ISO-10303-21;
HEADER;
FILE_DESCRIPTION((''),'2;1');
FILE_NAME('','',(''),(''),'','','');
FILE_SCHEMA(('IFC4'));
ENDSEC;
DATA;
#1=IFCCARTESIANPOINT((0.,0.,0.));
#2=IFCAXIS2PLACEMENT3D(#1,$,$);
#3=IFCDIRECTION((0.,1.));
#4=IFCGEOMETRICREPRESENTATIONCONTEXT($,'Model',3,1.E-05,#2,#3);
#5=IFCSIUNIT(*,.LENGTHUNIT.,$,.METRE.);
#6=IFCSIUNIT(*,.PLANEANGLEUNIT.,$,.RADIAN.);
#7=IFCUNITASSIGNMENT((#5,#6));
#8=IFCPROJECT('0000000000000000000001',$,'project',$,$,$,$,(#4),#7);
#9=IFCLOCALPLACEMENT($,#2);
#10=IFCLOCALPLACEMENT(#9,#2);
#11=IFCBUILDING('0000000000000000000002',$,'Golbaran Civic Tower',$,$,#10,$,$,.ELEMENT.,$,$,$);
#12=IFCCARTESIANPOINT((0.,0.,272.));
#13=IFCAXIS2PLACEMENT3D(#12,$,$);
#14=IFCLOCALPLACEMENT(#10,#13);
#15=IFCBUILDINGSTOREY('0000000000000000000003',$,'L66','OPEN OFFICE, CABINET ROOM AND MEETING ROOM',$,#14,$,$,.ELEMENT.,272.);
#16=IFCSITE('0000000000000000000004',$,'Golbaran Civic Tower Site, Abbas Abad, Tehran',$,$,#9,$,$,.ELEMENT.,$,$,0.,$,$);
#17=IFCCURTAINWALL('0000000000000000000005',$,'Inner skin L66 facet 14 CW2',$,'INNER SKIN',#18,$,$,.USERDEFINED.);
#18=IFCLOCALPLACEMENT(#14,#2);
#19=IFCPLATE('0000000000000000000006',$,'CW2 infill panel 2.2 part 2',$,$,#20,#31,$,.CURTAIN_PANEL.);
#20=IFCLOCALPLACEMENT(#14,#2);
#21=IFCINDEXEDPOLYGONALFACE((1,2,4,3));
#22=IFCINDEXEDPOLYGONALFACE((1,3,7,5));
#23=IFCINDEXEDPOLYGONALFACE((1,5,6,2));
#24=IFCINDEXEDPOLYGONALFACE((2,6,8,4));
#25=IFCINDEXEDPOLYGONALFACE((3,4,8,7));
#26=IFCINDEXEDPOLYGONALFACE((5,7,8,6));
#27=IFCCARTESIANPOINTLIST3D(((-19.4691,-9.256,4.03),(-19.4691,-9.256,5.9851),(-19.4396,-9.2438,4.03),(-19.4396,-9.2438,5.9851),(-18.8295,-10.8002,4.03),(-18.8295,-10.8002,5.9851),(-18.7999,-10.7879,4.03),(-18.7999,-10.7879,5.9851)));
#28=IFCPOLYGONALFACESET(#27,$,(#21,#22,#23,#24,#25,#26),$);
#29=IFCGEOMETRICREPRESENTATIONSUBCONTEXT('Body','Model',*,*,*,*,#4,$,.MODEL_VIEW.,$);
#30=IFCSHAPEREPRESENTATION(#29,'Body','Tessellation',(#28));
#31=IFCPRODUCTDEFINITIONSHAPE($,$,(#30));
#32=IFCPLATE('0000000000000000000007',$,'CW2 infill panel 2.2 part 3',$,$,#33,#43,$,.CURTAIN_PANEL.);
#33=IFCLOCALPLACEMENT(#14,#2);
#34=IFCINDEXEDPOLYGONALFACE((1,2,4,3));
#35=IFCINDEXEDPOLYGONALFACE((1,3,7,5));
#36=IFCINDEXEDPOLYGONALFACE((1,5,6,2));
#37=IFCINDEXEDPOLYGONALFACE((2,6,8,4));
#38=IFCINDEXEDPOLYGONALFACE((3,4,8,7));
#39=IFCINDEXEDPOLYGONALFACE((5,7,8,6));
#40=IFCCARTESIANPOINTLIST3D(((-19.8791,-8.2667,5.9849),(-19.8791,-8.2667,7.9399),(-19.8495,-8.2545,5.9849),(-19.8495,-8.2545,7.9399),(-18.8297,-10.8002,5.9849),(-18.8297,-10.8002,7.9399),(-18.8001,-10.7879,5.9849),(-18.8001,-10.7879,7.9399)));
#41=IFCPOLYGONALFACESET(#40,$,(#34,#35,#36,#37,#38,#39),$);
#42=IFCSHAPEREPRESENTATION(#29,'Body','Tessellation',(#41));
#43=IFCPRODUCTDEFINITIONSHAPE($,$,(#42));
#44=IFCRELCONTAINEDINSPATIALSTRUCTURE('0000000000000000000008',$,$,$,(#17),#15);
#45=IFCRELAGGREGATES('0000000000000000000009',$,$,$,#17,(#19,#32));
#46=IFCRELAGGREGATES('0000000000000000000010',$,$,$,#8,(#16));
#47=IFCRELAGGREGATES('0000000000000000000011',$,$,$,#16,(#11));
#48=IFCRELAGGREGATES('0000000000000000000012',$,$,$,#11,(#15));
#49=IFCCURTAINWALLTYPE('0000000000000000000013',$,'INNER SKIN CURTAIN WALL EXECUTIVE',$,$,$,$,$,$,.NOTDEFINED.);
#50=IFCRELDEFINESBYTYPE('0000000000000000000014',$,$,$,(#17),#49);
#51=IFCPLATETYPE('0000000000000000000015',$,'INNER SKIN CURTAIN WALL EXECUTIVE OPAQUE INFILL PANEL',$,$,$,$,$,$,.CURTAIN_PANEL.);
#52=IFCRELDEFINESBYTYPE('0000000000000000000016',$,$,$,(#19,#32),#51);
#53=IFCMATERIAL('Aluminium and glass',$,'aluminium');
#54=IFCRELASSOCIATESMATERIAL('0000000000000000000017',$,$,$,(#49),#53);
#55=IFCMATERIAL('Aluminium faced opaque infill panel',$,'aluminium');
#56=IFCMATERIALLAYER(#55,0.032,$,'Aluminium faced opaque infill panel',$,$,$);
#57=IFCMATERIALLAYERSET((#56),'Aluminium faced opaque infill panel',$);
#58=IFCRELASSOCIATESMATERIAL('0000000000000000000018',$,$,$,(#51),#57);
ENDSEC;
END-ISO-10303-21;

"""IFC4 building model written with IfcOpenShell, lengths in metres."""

from ifc_helpers import new_model, si_unit, direction, frame, origin, origin_2d, place, context, subcontext, project, spatial, rectangle, extrude, material, layer, layer_set, type_object, element, aggregate, save


model = new_model("IFC4")

# Units and contexts
model_context = context("Model", 3, precision=1e-05, world=origin(), true_north=direction((0.0, 1.0)))
body_context = subcontext(model_context, "Body", "Model", "MODEL_VIEW")
ifc_project = project(units=[si_unit("LENGTHUNIT", "METRE"), si_unit("PLANEANGLEUNIT", "RADIAN")], contexts=[model_context])

# Site, building, storey
site_placement = place(None, origin())
site = spatial("IfcSite", under=ifc_project, at=site_placement, Name="Golbaran Civic Tower Site, Abbas Abad, Tehran", CompositionType="ELEMENT", RefElevation=0.0)
building_placement = place(site_placement, origin())
building = spatial("IfcBuilding", under=site, at=building_placement, Name="Golbaran Civic Tower", CompositionType="ELEMENT")
storey_placement = place(building_placement, frame((0.0, 0.0, 272.0)))
storey = spatial("IfcBuildingStorey", under=building, at=storey_placement, Name="L66", Description="OPEN OFFICE, CABINET ROOM AND MEETING ROOM", CompositionType="ELEMENT", Elevation=272.0)

# Curtain wall
ifc_material_1 = material(Name="Aluminium and glass", Category="aluminium")
curtain_wall_type = type_object("IfcCurtainWallType", Name="INNER SKIN CURTAIN WALL EXECUTIVE", PredefinedType="NOTDEFINED", material=ifc_material_1)
curtain_wall_1_placement = place(storey_placement, origin())
curtain_wall_1 = element("IfcCurtainWall", 1, at=curtain_wall_1_placement, inside=storey, type_object=curtain_wall_type, Name="Inner skin L66 facet 14 CW2", ObjectType="INNER SKIN", PredefinedType="USERDEFINED")

# Plates
ifc_material_2 = material(Name="Aluminium faced opaque infill panel", Category="aluminium")
ifc_layer_1 = layer(ifc_material_2, 0.032, Name="Aluminium faced opaque infill panel")
ifc_layer_set_1 = layer_set([ifc_layer_1], Name="Aluminium faced opaque infill panel")
plate_type_1 = type_object("IfcPlateType", Name="INNER SKIN CURTAIN WALL EXECUTIVE OPAQUE INFILL PANEL", PredefinedType="CURTAIN_PANEL", material=ifc_layer_set_1)
plate_1_placement = place(storey_placement, frame((-19.1345, -10.022, 4.03), z_axis=(0.0, 0.0, 1.0), x_axis=(0.382683, -0.92388, 0.0)))
plate_1 = element("IfcPlate", 2, at=plate_1_placement, type_object=plate_type_1, Name="CW2 infill panel 2.2 part 2", PredefinedType="CURTAIN_PANEL", context=body_context, shape_type="SweptSolid", body=[
    extrude(rectangle(XDim=1.6714, YDim=0.032, at=origin_2d()), origin(), (0.0, 0.0, 1.0), 1.9551),
])
plate_2_placement = place(storey_placement, frame((-19.3396, -9.5273, 5.9849), z_axis=(0.0, 0.0, 1.0), x_axis=(0.382683, -0.92388, 0.0)))
plate_2 = element("IfcPlate", 3, at=plate_2_placement, type_object=plate_type_1, Name="CW2 infill panel 2.2 part 3", PredefinedType="CURTAIN_PANEL", context=body_context, shape_type="SweptSolid", body=[
    extrude(rectangle(XDim=2.7422, YDim=0.032, at=origin_2d()), origin(), (0.0, 0.0, 1.0), 1.9551),
])
aggregate(curtain_wall_1, [plate_1, plate_2])

save(model, "model.ifc")
